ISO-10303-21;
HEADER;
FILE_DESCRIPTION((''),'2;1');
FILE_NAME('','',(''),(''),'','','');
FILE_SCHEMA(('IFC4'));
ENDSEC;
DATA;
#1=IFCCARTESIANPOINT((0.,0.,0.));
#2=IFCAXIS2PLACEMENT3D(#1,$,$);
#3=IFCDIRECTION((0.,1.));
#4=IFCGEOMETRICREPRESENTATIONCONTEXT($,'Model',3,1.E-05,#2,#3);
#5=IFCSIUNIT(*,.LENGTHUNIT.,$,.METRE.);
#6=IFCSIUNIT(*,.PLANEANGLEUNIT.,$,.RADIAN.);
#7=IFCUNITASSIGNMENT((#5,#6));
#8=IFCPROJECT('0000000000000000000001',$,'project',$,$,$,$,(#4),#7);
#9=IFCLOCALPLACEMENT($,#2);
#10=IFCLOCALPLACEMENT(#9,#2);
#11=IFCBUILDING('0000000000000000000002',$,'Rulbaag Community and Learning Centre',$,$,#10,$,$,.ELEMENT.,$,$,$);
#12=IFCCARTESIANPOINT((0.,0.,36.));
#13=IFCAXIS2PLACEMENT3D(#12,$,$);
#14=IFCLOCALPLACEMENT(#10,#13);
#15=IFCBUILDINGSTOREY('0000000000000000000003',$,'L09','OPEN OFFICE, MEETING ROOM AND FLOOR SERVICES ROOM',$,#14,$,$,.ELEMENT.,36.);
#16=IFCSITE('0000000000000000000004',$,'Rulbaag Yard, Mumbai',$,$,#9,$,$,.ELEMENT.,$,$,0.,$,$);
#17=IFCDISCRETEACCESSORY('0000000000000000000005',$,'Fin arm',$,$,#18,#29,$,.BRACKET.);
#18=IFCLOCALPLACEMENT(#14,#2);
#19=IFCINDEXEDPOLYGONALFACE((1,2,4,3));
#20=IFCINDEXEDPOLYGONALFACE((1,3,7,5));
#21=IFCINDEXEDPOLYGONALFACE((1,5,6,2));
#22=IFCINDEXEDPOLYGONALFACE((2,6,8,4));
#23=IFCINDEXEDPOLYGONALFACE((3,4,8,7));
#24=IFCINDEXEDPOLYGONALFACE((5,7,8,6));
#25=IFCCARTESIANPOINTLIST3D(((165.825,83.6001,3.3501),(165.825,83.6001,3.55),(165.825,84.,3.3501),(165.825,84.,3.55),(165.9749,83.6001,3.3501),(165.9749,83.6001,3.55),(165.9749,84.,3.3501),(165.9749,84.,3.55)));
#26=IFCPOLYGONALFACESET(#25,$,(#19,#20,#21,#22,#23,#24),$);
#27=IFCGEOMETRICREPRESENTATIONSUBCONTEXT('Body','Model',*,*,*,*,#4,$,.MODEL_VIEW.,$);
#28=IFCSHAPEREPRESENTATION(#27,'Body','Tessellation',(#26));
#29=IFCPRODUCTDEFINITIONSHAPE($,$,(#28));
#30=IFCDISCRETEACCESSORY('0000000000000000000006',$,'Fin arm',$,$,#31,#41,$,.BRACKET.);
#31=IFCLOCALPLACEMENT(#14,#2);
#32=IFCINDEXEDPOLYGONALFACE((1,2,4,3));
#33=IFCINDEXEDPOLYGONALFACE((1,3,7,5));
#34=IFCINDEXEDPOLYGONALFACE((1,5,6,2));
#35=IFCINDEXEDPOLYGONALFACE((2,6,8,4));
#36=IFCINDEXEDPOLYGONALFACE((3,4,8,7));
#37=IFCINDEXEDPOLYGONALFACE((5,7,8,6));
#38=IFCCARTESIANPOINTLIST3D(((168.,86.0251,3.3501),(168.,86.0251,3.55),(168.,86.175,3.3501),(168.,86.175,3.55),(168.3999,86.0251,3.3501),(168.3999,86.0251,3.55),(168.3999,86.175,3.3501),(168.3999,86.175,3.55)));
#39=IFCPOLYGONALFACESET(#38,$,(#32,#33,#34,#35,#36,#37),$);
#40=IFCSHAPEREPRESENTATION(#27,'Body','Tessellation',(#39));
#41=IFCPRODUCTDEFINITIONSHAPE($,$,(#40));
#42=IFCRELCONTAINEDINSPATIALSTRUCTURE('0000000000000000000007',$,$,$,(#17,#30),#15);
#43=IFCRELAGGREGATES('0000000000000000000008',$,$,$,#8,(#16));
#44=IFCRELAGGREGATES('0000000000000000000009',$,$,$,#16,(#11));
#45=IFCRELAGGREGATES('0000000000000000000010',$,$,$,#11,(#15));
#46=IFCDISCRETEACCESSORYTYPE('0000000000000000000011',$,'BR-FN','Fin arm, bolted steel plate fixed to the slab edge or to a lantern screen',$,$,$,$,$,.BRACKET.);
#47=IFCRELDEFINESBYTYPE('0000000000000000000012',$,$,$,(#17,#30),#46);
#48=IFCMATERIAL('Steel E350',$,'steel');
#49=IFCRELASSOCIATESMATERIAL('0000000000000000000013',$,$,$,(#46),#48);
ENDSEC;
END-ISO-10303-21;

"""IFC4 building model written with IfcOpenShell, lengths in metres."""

from ifc_helpers import new_model, si_unit, direction, frame, origin, origin_2d, place, context, subcontext, project, spatial, rectangle, extrude, material, type_object, element, save


model = new_model("IFC4")

# Units and contexts
model_context = context("Model", 3, precision=1e-05, world=origin(), true_north=direction((0.0, 1.0)))
body_context = subcontext(model_context, "Body", "Model", "MODEL_VIEW")
ifc_project = project(units=[si_unit("LENGTHUNIT", "METRE"), si_unit("PLANEANGLEUNIT", "RADIAN")], contexts=[model_context])

# Site, building, storey
site_placement = place(None, origin())
site = spatial("IfcSite", under=ifc_project, at=site_placement, Name="Rulbaag Yard, Mumbai", CompositionType="ELEMENT", RefElevation=0.0)
building_placement = place(site_placement, origin())
building = spatial("IfcBuilding", under=site, at=building_placement, Name="Rulbaag Community and Learning Centre", CompositionType="ELEMENT")
storey_placement = place(building_placement, frame((0.0, 0.0, 36.0)))
storey = spatial("IfcBuildingStorey", under=building, at=storey_placement, Name="L09", Description="OPEN OFFICE, MEETING ROOM AND FLOOR SERVICES ROOM", CompositionType="ELEMENT", Elevation=36.0)

# Discrete accessories
ifc_material_1 = material(Name="Steel E350", Category="steel")
discrete_accessory_type = type_object("IfcDiscreteAccessoryType", Name="BR-FN", Description="Fin arm, bolted steel plate fixed to the slab edge or to a lantern screen", PredefinedType="BRACKET", material=ifc_material_1)
discrete_accessory_1_placement = place(storey_placement, frame((165.8999, 83.8, 3.3501), z_axis=(0.0, 0.0, 1.0), x_axis=(1.0, 0.0, 0.0)))
element("IfcDiscreteAccessory", 1, at=discrete_accessory_1_placement, inside=storey, type_object=discrete_accessory_type, Name="Fin arm", PredefinedType="BRACKET", context=body_context, shape_type="SweptSolid", body=[
    extrude(rectangle(XDim=0.1499, YDim=0.3999, at=origin_2d()), origin(), (0.0, 0.0, 1.0), 0.2),
])
discrete_accessory_2_placement = place(storey_placement, frame((168.2, 86.1001, 3.3501), z_axis=(0.0, 0.0, 1.0), x_axis=(1.0, 0.0, 0.0)))
element("IfcDiscreteAccessory", 2, at=discrete_accessory_2_placement, inside=storey, type_object=discrete_accessory_type, Name="Fin arm", PredefinedType="BRACKET", context=body_context, shape_type="SweptSolid", body=[
    extrude(rectangle(XDim=0.3999, YDim=0.1499, at=origin_2d()), origin(), (0.0, 0.0, 1.0), 0.2),
])

save(model, "model.ifc")
